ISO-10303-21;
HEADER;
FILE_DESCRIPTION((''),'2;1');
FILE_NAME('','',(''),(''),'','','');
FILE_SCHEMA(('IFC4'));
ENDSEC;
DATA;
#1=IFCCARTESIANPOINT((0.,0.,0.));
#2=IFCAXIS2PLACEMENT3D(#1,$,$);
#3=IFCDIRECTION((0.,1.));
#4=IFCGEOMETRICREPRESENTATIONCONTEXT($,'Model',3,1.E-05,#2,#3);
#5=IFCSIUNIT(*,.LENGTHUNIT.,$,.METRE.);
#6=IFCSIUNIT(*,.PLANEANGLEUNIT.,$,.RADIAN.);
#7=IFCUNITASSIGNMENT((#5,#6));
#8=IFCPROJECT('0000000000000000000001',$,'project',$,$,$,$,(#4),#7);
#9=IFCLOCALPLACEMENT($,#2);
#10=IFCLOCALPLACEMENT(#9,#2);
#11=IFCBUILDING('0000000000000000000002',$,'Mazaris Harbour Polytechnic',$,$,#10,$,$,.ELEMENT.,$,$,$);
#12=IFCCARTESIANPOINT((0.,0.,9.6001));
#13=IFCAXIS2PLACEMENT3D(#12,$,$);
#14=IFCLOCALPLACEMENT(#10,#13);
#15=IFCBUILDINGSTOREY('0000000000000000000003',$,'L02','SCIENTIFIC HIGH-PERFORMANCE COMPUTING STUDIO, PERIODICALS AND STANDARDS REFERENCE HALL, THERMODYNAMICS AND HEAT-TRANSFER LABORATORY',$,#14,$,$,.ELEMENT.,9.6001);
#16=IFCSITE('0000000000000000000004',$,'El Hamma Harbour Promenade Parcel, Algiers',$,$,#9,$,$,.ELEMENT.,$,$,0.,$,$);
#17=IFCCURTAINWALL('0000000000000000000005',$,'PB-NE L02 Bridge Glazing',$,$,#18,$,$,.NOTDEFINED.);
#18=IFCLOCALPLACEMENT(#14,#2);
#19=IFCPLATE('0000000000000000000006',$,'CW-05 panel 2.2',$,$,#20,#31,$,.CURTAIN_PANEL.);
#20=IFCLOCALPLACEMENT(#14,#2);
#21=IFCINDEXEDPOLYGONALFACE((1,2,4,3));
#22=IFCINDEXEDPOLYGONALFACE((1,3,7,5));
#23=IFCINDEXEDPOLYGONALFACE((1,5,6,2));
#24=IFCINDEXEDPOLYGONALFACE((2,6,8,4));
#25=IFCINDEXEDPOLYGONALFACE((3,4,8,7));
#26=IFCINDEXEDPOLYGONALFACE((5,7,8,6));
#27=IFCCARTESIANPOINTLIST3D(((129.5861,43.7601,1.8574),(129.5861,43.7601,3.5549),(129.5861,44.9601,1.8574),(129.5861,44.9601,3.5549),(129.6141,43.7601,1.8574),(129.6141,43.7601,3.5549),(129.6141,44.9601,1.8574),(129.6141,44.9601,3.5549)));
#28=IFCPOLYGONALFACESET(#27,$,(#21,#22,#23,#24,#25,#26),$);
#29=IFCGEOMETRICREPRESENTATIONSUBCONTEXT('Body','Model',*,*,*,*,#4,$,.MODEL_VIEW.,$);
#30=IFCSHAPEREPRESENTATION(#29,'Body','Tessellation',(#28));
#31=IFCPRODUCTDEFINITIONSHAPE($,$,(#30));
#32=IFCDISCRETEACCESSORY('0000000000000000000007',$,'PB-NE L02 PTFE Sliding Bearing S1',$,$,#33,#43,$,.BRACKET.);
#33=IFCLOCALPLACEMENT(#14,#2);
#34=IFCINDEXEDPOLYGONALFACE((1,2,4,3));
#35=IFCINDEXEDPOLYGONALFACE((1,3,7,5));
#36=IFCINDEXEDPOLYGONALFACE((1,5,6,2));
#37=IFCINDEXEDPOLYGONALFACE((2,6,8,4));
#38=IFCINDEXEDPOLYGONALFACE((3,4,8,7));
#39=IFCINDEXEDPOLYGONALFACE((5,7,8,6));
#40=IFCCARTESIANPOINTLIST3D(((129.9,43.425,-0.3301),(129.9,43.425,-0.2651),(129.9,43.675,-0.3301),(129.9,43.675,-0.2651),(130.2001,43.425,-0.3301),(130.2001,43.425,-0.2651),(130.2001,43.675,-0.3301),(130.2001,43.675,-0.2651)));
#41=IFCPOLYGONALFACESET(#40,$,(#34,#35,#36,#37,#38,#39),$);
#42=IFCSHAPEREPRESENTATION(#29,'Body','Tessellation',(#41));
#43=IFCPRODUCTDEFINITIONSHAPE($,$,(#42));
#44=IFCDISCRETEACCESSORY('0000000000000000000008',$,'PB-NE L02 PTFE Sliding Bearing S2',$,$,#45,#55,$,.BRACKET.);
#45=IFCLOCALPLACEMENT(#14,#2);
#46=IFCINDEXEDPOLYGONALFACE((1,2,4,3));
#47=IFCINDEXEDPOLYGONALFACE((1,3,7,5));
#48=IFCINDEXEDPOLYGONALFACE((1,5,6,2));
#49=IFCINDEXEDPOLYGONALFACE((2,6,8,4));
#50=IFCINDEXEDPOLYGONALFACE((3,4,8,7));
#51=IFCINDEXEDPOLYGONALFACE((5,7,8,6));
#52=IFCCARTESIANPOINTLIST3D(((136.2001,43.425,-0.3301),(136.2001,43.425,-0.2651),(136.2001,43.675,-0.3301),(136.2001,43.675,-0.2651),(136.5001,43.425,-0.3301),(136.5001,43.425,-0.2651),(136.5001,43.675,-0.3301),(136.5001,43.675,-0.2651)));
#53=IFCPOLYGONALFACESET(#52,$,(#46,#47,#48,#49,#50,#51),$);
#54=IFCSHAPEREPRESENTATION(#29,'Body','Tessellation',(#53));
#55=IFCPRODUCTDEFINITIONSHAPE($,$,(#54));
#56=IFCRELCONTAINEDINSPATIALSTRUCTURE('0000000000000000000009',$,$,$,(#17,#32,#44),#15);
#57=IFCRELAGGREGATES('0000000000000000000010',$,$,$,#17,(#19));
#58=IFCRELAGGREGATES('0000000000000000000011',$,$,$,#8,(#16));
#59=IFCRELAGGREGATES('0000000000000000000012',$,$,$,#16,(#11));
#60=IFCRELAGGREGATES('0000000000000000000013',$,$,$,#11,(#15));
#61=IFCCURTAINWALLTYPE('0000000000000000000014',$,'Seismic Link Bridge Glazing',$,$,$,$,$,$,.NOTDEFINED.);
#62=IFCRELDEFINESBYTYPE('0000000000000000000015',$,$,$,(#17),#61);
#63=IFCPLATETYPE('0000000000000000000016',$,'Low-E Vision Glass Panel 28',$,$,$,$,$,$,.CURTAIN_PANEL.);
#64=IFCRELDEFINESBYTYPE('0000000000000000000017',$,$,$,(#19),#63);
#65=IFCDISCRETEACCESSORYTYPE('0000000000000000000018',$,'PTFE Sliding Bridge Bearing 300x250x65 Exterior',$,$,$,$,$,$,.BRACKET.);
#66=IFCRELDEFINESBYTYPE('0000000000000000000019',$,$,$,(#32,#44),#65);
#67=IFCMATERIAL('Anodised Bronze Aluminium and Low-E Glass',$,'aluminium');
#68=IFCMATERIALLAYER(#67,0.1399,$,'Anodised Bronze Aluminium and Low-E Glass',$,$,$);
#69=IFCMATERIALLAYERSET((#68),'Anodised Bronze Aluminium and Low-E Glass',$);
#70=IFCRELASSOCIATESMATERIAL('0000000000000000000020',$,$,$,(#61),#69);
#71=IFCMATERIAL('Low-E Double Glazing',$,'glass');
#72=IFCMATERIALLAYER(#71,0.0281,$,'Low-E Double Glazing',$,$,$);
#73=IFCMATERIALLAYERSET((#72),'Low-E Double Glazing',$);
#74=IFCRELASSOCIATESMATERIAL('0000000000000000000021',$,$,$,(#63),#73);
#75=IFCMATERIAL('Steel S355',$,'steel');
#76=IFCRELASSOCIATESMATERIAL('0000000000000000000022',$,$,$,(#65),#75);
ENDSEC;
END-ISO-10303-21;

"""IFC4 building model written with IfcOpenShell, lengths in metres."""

from ifc_helpers import new_model, si_unit, direction, frame, origin, origin_2d, place, context, subcontext, project, spatial, rectangle, extrude, material, layer, layer_set, type_object, element, aggregate, save


model = new_model("IFC4")

# Units and contexts
model_context = context("Model", 3, precision=1e-05, world=origin(), true_north=direction((0.0, 1.0)))
body_context = subcontext(model_context, "Body", "Model", "MODEL_VIEW")
ifc_project = project(units=[si_unit("LENGTHUNIT", "METRE"), si_unit("PLANEANGLEUNIT", "RADIAN")], contexts=[model_context])

# Site, building, storey
site_placement = place(None, origin())
site = spatial("IfcSite", under=ifc_project, at=site_placement, Name="El Hamma Harbour Promenade Parcel, Algiers", CompositionType="ELEMENT", RefElevation=0.0)
building_placement = place(site_placement, origin())
building = spatial("IfcBuilding", under=site, at=building_placement, Name="Mazaris Harbour Polytechnic", CompositionType="ELEMENT")
storey_placement = place(building_placement, frame((0.0, 0.0, 9.6001)))
storey = spatial("IfcBuildingStorey", under=building, at=storey_placement, Name="L02", Description="SCIENTIFIC HIGH-PERFORMANCE COMPUTING STUDIO, PERIODICALS AND STANDARDS REFERENCE HALL, THERMODYNAMICS AND HEAT-TRANSFER LABORATORY", CompositionType="ELEMENT", Elevation=9.6001)

# Curtain wall
ifc_material_1 = material(Name="Anodised Bronze Aluminium and Low-E Glass", Category="aluminium")
ifc_layer_1 = layer(ifc_material_1, 0.1399, Name="Anodised Bronze Aluminium and Low-E Glass")
ifc_layer_set_1 = layer_set([ifc_layer_1], Name="Anodised Bronze Aluminium and Low-E Glass")
curtain_wall_type_1 = type_object("IfcCurtainWallType", Name="Seismic Link Bridge Glazing", PredefinedType="NOTDEFINED", material=ifc_layer_set_1)
curtain_wall_1_placement = place(storey_placement, origin())
curtain_wall_1 = element("IfcCurtainWall", 1, at=curtain_wall_1_placement, inside=storey, type_object=curtain_wall_type_1, Name="PB-NE L02 Bridge Glazing", PredefinedType="NOTDEFINED")

# Plate
ifc_material_2 = material(Name="Low-E Double Glazing", Category="glass")
ifc_layer_2 = layer(ifc_material_2, 0.0281, Name="Low-E Double Glazing")
ifc_layer_set_2 = layer_set([ifc_layer_2], Name="Low-E Double Glazing")
plate_type = type_object("IfcPlateType", Name="Low-E Vision Glass Panel 28", PredefinedType="CURTAIN_PANEL", material=ifc_layer_set_2)
plate_1_placement = place(storey_placement, frame((129.6001, 44.3601, 1.8574), z_axis=(0.0, 0.0, 1.0), x_axis=(0.0, -1.0, 0.0)))
plate_1 = element("IfcPlate", 2, at=plate_1_placement, type_object=plate_type, Name="CW-05 panel 2.2", PredefinedType="CURTAIN_PANEL", context=body_context, shape_type="SweptSolid", body=[
    extrude(rectangle(XDim=1.2, YDim=0.0281, at=origin_2d()), origin(), (0.0, 0.0, 1.0), 1.6975),
])
aggregate(curtain_wall_1, [plate_1])

# Discrete accessories
ifc_material_3 = material(Name="Steel S355", Category="steel")
discrete_accessory_type = type_object("IfcDiscreteAccessoryType", Name="PTFE Sliding Bridge Bearing 300x250x65 Exterior", PredefinedType="BRACKET", material=ifc_material_3)
for number, where, z_axis, x_axis, name in (
    (3, (130.05, 43.55, -0.3301), (0.0, 0.0, 1.0), (1.0, 0.0, 0.0), "PB-NE L02 PTFE Sliding Bearing S1"),
    (4, (136.3501, 43.55, -0.3301), (0.0, 0.0, 1.0), (1.0, 0.0, 0.0), "PB-NE L02 PTFE Sliding Bearing S2"),
):
    element("IfcDiscreteAccessory", number, at=place(storey_placement, frame(where, z_axis=z_axis, x_axis=x_axis)), inside=storey, type_object=discrete_accessory_type, Name=name, PredefinedType="BRACKET", context=body_context, shape_type="SweptSolid", body=[
        extrude(rectangle(XDim=0.3, YDim=0.25, at=origin_2d()), origin(), (0.0, 0.0, 1.0), 0.0649),
    ])

save(model, "model.ifc")
